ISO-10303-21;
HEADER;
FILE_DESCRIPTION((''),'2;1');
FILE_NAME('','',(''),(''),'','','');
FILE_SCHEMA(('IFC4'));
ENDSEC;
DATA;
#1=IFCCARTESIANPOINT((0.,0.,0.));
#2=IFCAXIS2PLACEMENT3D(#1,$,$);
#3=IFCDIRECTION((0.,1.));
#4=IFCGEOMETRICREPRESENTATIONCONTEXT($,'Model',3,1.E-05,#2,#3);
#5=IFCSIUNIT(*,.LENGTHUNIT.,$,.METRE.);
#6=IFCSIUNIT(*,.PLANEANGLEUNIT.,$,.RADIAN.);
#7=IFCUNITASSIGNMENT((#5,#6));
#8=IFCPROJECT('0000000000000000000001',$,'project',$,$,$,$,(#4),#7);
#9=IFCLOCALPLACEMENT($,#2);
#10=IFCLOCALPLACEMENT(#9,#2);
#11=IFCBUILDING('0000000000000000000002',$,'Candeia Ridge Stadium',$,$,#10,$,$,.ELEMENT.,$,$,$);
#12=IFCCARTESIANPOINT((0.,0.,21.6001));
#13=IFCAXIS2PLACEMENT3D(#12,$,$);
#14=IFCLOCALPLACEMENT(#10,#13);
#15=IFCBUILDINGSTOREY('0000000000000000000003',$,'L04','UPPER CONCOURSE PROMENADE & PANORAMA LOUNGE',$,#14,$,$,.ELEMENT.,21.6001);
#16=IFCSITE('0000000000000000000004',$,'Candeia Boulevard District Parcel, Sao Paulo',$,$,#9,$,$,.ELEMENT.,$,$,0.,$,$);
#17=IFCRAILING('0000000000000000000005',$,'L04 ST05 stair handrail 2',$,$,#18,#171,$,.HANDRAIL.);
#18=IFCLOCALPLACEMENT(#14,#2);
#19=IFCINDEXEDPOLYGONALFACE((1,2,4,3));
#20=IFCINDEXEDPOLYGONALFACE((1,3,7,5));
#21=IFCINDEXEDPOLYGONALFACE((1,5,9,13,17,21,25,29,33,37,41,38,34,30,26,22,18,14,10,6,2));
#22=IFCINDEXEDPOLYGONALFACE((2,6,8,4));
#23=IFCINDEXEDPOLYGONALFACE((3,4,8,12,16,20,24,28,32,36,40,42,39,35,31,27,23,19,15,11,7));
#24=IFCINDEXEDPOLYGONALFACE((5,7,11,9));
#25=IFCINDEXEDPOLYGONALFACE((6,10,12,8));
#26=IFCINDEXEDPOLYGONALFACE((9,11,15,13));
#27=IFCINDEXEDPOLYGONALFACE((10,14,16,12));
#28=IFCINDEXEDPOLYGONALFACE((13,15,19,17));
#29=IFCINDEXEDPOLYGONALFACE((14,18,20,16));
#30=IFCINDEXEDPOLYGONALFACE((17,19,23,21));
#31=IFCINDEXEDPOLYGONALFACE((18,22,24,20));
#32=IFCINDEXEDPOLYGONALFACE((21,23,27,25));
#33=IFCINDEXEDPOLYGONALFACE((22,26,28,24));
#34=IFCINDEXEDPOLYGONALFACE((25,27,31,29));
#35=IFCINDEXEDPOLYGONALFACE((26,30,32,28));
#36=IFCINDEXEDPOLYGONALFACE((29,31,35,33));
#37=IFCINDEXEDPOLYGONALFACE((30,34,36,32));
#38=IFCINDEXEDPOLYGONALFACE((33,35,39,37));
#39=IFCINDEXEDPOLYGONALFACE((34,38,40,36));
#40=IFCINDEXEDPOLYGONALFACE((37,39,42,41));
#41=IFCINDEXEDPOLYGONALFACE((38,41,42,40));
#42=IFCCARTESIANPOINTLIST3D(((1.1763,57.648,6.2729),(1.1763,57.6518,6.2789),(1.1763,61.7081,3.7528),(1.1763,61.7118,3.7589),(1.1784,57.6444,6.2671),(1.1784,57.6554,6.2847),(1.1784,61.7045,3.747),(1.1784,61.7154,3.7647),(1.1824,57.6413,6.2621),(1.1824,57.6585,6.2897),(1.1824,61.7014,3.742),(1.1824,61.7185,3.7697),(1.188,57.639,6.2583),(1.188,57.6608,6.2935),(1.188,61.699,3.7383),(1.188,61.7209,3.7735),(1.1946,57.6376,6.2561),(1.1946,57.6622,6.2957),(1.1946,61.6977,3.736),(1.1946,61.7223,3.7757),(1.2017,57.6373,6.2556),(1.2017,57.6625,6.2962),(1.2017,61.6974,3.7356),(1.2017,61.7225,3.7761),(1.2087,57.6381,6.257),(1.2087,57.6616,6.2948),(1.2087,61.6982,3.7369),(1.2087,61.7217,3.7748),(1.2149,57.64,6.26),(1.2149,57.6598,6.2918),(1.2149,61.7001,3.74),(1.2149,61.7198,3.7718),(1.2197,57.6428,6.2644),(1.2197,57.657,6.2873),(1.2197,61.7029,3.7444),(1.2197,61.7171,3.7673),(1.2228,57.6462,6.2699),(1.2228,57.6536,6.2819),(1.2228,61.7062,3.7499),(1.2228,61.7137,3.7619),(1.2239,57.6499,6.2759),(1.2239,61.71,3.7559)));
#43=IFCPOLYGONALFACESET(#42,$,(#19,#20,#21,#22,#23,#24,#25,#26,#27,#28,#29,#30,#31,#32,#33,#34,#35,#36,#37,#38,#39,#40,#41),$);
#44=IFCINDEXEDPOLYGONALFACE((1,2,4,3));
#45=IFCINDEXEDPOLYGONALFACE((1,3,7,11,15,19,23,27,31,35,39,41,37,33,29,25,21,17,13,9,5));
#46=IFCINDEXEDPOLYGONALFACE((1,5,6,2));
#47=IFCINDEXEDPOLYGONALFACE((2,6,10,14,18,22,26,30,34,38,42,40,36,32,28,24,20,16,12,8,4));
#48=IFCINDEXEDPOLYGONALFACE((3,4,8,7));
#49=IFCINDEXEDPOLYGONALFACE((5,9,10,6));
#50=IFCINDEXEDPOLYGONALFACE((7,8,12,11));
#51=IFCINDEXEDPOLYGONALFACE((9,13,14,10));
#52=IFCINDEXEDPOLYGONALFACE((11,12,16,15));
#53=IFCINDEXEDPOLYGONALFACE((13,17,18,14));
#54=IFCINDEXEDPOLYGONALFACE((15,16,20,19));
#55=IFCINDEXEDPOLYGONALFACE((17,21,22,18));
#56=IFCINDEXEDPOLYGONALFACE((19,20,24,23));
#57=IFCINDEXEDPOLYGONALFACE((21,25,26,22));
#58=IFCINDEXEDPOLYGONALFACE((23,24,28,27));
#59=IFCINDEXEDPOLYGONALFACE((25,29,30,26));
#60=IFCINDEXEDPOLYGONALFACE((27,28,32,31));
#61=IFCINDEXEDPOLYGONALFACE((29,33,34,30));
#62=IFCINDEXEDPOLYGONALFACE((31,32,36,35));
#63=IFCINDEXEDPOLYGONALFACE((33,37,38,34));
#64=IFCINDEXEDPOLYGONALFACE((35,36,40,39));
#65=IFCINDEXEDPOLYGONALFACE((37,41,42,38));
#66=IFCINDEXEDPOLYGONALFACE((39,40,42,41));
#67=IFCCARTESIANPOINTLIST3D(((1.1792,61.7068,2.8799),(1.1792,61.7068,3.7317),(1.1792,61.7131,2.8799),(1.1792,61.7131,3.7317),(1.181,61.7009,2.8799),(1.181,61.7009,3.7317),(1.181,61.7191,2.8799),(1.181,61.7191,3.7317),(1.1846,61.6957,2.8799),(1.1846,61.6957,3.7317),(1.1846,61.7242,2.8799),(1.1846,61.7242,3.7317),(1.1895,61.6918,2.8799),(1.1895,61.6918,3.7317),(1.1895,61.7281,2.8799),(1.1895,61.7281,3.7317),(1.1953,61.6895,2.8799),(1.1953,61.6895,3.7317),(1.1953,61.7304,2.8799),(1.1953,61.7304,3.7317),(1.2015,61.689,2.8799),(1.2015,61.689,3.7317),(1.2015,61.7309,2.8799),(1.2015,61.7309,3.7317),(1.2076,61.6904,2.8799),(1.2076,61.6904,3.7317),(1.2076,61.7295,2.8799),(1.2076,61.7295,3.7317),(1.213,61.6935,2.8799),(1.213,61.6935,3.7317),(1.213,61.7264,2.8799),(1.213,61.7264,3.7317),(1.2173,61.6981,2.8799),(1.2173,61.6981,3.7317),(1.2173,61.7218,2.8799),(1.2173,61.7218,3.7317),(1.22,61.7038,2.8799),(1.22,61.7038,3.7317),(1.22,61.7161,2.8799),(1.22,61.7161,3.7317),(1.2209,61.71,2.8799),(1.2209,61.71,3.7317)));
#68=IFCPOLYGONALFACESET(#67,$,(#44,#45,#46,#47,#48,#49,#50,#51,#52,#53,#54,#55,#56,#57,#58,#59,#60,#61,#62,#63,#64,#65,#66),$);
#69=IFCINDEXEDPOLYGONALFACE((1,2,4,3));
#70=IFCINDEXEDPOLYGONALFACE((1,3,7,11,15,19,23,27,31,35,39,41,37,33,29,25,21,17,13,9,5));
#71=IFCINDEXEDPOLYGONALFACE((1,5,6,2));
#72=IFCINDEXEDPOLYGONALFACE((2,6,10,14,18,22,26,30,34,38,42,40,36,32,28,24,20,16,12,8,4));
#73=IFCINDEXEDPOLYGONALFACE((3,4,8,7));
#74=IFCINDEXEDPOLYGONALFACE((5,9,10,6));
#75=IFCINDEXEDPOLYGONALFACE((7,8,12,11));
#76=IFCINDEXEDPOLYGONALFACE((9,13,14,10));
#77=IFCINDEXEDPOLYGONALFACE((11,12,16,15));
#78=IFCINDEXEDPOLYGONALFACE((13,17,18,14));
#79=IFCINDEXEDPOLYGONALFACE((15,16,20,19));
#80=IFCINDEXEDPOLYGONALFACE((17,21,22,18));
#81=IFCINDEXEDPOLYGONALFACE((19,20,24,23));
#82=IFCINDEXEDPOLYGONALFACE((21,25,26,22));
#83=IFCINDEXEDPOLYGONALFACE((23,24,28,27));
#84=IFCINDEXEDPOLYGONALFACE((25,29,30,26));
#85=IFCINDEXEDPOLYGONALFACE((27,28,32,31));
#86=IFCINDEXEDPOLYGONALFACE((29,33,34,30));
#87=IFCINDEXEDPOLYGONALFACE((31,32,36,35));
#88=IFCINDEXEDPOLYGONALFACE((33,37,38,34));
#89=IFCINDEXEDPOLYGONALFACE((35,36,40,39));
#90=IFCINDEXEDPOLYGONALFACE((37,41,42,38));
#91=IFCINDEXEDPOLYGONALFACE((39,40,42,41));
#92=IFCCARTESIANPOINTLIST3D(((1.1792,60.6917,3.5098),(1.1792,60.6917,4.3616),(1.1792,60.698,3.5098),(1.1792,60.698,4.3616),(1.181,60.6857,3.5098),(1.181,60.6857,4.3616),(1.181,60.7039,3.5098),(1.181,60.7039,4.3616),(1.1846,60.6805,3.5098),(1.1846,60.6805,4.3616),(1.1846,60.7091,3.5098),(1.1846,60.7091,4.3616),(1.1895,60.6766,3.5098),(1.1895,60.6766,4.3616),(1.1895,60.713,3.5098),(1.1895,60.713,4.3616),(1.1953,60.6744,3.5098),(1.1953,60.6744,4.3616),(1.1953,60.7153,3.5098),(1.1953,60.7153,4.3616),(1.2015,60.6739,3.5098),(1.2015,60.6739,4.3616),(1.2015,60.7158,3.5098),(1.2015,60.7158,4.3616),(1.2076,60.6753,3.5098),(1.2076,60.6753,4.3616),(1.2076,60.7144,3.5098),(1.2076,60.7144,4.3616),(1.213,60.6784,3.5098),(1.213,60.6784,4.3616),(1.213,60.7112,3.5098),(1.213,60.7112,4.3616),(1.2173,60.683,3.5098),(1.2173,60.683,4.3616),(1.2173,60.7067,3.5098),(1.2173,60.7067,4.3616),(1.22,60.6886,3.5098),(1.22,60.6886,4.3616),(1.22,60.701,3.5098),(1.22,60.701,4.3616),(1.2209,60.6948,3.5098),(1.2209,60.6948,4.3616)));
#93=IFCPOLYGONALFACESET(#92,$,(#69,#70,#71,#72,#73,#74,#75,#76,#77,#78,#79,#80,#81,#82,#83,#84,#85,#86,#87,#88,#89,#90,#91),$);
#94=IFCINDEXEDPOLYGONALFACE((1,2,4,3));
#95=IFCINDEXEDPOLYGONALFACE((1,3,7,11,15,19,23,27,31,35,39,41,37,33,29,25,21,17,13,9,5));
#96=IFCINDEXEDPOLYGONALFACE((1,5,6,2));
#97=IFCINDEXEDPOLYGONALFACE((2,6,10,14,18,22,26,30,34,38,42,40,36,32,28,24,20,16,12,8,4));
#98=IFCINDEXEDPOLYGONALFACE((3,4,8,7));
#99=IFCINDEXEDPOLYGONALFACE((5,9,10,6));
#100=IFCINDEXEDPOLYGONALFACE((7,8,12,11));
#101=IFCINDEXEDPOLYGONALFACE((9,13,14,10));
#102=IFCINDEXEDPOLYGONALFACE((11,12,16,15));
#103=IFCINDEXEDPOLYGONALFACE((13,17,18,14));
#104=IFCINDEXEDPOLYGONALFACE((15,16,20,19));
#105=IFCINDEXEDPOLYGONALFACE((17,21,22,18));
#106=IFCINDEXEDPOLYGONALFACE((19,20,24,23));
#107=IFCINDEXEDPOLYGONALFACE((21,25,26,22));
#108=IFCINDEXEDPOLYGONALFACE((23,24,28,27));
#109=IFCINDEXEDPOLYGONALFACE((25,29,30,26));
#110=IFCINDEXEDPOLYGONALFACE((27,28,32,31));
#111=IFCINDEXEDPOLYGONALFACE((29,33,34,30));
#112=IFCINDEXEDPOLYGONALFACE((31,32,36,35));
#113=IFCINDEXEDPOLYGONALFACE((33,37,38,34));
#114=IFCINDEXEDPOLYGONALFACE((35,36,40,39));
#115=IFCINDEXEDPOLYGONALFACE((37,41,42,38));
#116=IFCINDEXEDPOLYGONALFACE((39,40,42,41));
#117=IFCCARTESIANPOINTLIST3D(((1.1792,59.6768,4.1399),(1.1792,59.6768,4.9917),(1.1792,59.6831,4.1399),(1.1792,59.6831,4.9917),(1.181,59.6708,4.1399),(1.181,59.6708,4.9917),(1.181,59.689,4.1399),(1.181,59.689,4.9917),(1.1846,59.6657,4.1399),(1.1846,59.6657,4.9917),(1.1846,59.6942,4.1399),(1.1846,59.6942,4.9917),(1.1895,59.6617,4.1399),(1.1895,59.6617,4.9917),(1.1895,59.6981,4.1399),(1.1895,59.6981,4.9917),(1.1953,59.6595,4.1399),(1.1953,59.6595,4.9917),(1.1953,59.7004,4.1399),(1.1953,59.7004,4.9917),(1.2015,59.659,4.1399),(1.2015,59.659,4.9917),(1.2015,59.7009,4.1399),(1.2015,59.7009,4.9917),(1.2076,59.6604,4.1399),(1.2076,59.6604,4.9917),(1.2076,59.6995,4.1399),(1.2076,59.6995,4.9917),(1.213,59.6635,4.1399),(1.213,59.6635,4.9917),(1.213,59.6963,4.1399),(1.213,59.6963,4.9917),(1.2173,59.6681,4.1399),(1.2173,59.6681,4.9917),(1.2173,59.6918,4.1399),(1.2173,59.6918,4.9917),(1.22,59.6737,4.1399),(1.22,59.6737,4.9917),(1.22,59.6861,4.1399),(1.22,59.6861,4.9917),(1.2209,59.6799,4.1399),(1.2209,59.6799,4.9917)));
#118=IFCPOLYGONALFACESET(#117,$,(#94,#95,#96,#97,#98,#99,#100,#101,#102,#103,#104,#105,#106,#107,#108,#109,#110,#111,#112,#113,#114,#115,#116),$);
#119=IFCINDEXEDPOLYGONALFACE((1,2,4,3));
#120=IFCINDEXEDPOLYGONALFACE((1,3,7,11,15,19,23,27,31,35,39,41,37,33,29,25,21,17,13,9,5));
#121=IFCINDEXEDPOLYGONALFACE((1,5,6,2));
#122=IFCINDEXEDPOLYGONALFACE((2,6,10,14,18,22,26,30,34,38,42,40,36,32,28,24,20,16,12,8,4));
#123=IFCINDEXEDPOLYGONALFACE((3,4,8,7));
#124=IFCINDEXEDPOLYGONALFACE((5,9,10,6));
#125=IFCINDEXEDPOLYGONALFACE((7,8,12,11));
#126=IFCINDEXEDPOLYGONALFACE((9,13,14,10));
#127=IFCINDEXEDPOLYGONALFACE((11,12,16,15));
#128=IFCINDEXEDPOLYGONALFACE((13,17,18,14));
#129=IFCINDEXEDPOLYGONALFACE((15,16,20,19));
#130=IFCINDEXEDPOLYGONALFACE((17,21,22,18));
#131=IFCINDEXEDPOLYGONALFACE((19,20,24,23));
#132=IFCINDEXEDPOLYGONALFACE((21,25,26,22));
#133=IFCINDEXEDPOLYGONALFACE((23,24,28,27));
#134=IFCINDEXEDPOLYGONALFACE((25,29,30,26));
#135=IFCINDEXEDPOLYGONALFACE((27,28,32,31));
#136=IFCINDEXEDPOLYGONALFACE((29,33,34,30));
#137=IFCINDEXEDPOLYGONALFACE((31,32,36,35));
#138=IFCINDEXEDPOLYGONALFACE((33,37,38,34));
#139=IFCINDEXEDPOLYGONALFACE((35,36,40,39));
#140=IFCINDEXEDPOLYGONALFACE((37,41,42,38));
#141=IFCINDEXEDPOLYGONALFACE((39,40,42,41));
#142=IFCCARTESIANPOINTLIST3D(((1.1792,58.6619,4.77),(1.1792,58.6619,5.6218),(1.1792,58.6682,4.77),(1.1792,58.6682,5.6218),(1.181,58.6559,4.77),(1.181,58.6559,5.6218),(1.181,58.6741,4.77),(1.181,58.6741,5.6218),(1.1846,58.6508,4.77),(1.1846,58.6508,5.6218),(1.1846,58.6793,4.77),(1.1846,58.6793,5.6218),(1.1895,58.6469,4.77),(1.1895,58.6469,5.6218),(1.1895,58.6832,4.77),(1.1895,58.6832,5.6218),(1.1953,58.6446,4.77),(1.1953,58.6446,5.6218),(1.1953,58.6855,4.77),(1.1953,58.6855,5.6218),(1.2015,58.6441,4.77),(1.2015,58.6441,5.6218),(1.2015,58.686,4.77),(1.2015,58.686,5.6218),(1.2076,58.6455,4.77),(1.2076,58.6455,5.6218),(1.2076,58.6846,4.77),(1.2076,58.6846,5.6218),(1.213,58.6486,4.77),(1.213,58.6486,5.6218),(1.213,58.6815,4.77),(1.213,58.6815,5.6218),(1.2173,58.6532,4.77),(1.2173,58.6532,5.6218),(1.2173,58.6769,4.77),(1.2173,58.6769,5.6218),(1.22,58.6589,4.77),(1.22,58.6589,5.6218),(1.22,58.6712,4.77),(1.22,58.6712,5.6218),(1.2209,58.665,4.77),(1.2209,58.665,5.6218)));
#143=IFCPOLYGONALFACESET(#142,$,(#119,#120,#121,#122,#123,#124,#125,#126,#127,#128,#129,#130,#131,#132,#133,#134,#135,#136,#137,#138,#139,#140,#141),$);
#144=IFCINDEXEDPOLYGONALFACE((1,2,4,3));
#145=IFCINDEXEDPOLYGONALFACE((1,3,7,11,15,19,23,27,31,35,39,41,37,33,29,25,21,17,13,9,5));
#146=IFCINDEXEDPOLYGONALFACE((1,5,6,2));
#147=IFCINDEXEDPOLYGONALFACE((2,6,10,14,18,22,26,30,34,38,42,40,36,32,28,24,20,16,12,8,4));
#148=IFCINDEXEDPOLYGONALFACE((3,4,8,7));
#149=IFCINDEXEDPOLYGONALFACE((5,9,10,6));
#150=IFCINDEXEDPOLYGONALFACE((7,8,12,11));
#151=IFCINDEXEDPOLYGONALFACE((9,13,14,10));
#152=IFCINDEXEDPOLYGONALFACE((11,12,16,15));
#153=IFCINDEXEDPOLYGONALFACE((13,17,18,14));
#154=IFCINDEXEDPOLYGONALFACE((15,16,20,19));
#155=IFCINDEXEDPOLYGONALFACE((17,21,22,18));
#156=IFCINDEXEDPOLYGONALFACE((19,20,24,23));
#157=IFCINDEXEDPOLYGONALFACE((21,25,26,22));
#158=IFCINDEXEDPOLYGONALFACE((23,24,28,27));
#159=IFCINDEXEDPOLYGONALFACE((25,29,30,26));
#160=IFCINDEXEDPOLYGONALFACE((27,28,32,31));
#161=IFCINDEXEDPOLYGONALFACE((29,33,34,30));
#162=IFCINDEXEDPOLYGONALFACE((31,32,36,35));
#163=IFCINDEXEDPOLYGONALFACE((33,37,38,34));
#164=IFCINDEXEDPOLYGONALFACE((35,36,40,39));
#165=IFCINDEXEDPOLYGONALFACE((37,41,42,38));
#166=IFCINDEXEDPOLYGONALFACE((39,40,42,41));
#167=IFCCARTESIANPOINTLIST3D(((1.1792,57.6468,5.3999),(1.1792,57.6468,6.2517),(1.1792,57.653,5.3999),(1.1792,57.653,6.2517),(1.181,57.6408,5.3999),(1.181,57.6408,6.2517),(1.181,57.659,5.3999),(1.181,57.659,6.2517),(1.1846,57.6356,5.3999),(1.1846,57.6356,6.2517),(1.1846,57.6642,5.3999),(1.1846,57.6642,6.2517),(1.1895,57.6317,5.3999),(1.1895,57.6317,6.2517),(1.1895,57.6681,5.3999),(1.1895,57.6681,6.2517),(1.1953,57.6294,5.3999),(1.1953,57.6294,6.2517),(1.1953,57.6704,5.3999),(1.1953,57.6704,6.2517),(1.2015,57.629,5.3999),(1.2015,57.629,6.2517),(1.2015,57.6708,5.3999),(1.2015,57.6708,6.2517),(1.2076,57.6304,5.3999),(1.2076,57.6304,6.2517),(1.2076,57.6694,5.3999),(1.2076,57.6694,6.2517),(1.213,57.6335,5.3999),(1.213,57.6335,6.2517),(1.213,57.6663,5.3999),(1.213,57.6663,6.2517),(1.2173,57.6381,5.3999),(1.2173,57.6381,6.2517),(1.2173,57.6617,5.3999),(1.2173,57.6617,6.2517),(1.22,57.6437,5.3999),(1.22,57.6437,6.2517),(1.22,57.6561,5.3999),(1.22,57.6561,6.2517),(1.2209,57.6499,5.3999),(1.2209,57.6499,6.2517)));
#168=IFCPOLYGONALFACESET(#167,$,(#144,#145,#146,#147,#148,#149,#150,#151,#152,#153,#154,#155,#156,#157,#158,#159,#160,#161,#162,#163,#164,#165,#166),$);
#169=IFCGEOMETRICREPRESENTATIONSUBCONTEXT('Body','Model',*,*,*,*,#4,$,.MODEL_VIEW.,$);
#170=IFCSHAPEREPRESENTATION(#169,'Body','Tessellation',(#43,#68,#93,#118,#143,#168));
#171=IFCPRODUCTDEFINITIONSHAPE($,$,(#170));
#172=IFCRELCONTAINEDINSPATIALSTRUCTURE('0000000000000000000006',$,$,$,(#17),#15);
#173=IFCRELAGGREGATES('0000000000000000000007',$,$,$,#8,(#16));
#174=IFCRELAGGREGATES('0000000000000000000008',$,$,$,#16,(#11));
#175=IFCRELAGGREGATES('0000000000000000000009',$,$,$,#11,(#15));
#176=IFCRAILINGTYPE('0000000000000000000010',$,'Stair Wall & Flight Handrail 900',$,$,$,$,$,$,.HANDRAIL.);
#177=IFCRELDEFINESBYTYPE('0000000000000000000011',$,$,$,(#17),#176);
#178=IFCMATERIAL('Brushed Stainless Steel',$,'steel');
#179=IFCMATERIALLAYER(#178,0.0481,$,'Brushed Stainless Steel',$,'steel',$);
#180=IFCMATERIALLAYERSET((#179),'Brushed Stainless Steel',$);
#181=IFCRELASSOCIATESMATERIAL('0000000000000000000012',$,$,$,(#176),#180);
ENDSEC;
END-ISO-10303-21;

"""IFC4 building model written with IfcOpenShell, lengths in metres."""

from ifc_helpers import new_model, si_unit, direction, frame, origin, origin_2d, place, context, subcontext, project, spatial, circle, extrude, material, layer, layer_set, type_object, element, save


model = new_model("IFC4")

# Units and contexts
model_context = context("Model", 3, precision=1e-05, world=origin(), true_north=direction((0.0, 1.0)))
body_context = subcontext(model_context, "Body", "Model", "MODEL_VIEW")
ifc_project = project(units=[si_unit("LENGTHUNIT", "METRE"), si_unit("PLANEANGLEUNIT", "RADIAN")], contexts=[model_context])

# Site, building, storey
site_placement = place(None, origin())
site = spatial("IfcSite", under=ifc_project, at=site_placement, Name="Candeia Boulevard District Parcel, Sao Paulo", CompositionType="ELEMENT", RefElevation=0.0)
building_placement = place(site_placement, origin())
building = spatial("IfcBuilding", under=site, at=building_placement, Name="Candeia Ridge Stadium", CompositionType="ELEMENT")
storey_placement = place(building_placement, frame((0.0, 0.0, 21.6001)))
storey = spatial("IfcBuildingStorey", under=building, at=storey_placement, Name="L04", Description="UPPER CONCOURSE PROMENADE & PANORAMA LOUNGE", CompositionType="ELEMENT", Elevation=21.6001)

# Railing
ifc_material_1 = material(Name="Brushed Stainless Steel", Category="steel")
ifc_layer_1 = layer(ifc_material_1, 0.0481, Name="Brushed Stainless Steel", Category="steel")
ifc_layer_set_1 = layer_set([ifc_layer_1], Name="Brushed Stainless Steel")
railing_type_1 = type_object("IfcRailingType", Name="Stair Wall & Flight Handrail 900", PredefinedType="HANDRAIL", material=ifc_layer_set_1)
railing_1_placement = place(storey_placement, frame((1.2, 61.71, 2.8799)))
element("IfcRailing", 1, at=railing_1_placement, inside=storey, type_object=railing_type_1, Name="L04 ST05 stair handrail 2", PredefinedType="HANDRAIL", context=body_context, shape_type="SweptSolid", body=[
    extrude(circle(Radius=0.0239, at=origin_2d()), frame((0.0, 0.0, 0.876), z_axis=(0.0, -0.849642, 0.52736), x_axis=(1.0, 0.0, 0.0)), (0.0, 0.0, 1.0), 4.7786),
    extrude(circle(Radius=0.021, at=origin_2d()), origin(), (0.0, 0.0, 1.0), 0.8518),
    extrude(circle(Radius=0.021, at=origin_2d()), frame((0.0, -1.0151, 0.6299)), (0.0, 0.0, 1.0), 0.8518),
    extrude(circle(Radius=0.021, at=origin_2d()), frame((0.0, -2.03, 1.26)), (0.0, 0.0, 1.0), 0.8518),
    extrude(circle(Radius=0.021, at=origin_2d()), frame((0.0, -3.0449, 1.8901)), (0.0, 0.0, 1.0), 0.8518),
    extrude(circle(Radius=0.021, at=origin_2d()), frame((0.0, -4.0601, 2.52)), (0.0, 0.0, 1.0), 0.8518),
])

save(model, "model.ifc")
